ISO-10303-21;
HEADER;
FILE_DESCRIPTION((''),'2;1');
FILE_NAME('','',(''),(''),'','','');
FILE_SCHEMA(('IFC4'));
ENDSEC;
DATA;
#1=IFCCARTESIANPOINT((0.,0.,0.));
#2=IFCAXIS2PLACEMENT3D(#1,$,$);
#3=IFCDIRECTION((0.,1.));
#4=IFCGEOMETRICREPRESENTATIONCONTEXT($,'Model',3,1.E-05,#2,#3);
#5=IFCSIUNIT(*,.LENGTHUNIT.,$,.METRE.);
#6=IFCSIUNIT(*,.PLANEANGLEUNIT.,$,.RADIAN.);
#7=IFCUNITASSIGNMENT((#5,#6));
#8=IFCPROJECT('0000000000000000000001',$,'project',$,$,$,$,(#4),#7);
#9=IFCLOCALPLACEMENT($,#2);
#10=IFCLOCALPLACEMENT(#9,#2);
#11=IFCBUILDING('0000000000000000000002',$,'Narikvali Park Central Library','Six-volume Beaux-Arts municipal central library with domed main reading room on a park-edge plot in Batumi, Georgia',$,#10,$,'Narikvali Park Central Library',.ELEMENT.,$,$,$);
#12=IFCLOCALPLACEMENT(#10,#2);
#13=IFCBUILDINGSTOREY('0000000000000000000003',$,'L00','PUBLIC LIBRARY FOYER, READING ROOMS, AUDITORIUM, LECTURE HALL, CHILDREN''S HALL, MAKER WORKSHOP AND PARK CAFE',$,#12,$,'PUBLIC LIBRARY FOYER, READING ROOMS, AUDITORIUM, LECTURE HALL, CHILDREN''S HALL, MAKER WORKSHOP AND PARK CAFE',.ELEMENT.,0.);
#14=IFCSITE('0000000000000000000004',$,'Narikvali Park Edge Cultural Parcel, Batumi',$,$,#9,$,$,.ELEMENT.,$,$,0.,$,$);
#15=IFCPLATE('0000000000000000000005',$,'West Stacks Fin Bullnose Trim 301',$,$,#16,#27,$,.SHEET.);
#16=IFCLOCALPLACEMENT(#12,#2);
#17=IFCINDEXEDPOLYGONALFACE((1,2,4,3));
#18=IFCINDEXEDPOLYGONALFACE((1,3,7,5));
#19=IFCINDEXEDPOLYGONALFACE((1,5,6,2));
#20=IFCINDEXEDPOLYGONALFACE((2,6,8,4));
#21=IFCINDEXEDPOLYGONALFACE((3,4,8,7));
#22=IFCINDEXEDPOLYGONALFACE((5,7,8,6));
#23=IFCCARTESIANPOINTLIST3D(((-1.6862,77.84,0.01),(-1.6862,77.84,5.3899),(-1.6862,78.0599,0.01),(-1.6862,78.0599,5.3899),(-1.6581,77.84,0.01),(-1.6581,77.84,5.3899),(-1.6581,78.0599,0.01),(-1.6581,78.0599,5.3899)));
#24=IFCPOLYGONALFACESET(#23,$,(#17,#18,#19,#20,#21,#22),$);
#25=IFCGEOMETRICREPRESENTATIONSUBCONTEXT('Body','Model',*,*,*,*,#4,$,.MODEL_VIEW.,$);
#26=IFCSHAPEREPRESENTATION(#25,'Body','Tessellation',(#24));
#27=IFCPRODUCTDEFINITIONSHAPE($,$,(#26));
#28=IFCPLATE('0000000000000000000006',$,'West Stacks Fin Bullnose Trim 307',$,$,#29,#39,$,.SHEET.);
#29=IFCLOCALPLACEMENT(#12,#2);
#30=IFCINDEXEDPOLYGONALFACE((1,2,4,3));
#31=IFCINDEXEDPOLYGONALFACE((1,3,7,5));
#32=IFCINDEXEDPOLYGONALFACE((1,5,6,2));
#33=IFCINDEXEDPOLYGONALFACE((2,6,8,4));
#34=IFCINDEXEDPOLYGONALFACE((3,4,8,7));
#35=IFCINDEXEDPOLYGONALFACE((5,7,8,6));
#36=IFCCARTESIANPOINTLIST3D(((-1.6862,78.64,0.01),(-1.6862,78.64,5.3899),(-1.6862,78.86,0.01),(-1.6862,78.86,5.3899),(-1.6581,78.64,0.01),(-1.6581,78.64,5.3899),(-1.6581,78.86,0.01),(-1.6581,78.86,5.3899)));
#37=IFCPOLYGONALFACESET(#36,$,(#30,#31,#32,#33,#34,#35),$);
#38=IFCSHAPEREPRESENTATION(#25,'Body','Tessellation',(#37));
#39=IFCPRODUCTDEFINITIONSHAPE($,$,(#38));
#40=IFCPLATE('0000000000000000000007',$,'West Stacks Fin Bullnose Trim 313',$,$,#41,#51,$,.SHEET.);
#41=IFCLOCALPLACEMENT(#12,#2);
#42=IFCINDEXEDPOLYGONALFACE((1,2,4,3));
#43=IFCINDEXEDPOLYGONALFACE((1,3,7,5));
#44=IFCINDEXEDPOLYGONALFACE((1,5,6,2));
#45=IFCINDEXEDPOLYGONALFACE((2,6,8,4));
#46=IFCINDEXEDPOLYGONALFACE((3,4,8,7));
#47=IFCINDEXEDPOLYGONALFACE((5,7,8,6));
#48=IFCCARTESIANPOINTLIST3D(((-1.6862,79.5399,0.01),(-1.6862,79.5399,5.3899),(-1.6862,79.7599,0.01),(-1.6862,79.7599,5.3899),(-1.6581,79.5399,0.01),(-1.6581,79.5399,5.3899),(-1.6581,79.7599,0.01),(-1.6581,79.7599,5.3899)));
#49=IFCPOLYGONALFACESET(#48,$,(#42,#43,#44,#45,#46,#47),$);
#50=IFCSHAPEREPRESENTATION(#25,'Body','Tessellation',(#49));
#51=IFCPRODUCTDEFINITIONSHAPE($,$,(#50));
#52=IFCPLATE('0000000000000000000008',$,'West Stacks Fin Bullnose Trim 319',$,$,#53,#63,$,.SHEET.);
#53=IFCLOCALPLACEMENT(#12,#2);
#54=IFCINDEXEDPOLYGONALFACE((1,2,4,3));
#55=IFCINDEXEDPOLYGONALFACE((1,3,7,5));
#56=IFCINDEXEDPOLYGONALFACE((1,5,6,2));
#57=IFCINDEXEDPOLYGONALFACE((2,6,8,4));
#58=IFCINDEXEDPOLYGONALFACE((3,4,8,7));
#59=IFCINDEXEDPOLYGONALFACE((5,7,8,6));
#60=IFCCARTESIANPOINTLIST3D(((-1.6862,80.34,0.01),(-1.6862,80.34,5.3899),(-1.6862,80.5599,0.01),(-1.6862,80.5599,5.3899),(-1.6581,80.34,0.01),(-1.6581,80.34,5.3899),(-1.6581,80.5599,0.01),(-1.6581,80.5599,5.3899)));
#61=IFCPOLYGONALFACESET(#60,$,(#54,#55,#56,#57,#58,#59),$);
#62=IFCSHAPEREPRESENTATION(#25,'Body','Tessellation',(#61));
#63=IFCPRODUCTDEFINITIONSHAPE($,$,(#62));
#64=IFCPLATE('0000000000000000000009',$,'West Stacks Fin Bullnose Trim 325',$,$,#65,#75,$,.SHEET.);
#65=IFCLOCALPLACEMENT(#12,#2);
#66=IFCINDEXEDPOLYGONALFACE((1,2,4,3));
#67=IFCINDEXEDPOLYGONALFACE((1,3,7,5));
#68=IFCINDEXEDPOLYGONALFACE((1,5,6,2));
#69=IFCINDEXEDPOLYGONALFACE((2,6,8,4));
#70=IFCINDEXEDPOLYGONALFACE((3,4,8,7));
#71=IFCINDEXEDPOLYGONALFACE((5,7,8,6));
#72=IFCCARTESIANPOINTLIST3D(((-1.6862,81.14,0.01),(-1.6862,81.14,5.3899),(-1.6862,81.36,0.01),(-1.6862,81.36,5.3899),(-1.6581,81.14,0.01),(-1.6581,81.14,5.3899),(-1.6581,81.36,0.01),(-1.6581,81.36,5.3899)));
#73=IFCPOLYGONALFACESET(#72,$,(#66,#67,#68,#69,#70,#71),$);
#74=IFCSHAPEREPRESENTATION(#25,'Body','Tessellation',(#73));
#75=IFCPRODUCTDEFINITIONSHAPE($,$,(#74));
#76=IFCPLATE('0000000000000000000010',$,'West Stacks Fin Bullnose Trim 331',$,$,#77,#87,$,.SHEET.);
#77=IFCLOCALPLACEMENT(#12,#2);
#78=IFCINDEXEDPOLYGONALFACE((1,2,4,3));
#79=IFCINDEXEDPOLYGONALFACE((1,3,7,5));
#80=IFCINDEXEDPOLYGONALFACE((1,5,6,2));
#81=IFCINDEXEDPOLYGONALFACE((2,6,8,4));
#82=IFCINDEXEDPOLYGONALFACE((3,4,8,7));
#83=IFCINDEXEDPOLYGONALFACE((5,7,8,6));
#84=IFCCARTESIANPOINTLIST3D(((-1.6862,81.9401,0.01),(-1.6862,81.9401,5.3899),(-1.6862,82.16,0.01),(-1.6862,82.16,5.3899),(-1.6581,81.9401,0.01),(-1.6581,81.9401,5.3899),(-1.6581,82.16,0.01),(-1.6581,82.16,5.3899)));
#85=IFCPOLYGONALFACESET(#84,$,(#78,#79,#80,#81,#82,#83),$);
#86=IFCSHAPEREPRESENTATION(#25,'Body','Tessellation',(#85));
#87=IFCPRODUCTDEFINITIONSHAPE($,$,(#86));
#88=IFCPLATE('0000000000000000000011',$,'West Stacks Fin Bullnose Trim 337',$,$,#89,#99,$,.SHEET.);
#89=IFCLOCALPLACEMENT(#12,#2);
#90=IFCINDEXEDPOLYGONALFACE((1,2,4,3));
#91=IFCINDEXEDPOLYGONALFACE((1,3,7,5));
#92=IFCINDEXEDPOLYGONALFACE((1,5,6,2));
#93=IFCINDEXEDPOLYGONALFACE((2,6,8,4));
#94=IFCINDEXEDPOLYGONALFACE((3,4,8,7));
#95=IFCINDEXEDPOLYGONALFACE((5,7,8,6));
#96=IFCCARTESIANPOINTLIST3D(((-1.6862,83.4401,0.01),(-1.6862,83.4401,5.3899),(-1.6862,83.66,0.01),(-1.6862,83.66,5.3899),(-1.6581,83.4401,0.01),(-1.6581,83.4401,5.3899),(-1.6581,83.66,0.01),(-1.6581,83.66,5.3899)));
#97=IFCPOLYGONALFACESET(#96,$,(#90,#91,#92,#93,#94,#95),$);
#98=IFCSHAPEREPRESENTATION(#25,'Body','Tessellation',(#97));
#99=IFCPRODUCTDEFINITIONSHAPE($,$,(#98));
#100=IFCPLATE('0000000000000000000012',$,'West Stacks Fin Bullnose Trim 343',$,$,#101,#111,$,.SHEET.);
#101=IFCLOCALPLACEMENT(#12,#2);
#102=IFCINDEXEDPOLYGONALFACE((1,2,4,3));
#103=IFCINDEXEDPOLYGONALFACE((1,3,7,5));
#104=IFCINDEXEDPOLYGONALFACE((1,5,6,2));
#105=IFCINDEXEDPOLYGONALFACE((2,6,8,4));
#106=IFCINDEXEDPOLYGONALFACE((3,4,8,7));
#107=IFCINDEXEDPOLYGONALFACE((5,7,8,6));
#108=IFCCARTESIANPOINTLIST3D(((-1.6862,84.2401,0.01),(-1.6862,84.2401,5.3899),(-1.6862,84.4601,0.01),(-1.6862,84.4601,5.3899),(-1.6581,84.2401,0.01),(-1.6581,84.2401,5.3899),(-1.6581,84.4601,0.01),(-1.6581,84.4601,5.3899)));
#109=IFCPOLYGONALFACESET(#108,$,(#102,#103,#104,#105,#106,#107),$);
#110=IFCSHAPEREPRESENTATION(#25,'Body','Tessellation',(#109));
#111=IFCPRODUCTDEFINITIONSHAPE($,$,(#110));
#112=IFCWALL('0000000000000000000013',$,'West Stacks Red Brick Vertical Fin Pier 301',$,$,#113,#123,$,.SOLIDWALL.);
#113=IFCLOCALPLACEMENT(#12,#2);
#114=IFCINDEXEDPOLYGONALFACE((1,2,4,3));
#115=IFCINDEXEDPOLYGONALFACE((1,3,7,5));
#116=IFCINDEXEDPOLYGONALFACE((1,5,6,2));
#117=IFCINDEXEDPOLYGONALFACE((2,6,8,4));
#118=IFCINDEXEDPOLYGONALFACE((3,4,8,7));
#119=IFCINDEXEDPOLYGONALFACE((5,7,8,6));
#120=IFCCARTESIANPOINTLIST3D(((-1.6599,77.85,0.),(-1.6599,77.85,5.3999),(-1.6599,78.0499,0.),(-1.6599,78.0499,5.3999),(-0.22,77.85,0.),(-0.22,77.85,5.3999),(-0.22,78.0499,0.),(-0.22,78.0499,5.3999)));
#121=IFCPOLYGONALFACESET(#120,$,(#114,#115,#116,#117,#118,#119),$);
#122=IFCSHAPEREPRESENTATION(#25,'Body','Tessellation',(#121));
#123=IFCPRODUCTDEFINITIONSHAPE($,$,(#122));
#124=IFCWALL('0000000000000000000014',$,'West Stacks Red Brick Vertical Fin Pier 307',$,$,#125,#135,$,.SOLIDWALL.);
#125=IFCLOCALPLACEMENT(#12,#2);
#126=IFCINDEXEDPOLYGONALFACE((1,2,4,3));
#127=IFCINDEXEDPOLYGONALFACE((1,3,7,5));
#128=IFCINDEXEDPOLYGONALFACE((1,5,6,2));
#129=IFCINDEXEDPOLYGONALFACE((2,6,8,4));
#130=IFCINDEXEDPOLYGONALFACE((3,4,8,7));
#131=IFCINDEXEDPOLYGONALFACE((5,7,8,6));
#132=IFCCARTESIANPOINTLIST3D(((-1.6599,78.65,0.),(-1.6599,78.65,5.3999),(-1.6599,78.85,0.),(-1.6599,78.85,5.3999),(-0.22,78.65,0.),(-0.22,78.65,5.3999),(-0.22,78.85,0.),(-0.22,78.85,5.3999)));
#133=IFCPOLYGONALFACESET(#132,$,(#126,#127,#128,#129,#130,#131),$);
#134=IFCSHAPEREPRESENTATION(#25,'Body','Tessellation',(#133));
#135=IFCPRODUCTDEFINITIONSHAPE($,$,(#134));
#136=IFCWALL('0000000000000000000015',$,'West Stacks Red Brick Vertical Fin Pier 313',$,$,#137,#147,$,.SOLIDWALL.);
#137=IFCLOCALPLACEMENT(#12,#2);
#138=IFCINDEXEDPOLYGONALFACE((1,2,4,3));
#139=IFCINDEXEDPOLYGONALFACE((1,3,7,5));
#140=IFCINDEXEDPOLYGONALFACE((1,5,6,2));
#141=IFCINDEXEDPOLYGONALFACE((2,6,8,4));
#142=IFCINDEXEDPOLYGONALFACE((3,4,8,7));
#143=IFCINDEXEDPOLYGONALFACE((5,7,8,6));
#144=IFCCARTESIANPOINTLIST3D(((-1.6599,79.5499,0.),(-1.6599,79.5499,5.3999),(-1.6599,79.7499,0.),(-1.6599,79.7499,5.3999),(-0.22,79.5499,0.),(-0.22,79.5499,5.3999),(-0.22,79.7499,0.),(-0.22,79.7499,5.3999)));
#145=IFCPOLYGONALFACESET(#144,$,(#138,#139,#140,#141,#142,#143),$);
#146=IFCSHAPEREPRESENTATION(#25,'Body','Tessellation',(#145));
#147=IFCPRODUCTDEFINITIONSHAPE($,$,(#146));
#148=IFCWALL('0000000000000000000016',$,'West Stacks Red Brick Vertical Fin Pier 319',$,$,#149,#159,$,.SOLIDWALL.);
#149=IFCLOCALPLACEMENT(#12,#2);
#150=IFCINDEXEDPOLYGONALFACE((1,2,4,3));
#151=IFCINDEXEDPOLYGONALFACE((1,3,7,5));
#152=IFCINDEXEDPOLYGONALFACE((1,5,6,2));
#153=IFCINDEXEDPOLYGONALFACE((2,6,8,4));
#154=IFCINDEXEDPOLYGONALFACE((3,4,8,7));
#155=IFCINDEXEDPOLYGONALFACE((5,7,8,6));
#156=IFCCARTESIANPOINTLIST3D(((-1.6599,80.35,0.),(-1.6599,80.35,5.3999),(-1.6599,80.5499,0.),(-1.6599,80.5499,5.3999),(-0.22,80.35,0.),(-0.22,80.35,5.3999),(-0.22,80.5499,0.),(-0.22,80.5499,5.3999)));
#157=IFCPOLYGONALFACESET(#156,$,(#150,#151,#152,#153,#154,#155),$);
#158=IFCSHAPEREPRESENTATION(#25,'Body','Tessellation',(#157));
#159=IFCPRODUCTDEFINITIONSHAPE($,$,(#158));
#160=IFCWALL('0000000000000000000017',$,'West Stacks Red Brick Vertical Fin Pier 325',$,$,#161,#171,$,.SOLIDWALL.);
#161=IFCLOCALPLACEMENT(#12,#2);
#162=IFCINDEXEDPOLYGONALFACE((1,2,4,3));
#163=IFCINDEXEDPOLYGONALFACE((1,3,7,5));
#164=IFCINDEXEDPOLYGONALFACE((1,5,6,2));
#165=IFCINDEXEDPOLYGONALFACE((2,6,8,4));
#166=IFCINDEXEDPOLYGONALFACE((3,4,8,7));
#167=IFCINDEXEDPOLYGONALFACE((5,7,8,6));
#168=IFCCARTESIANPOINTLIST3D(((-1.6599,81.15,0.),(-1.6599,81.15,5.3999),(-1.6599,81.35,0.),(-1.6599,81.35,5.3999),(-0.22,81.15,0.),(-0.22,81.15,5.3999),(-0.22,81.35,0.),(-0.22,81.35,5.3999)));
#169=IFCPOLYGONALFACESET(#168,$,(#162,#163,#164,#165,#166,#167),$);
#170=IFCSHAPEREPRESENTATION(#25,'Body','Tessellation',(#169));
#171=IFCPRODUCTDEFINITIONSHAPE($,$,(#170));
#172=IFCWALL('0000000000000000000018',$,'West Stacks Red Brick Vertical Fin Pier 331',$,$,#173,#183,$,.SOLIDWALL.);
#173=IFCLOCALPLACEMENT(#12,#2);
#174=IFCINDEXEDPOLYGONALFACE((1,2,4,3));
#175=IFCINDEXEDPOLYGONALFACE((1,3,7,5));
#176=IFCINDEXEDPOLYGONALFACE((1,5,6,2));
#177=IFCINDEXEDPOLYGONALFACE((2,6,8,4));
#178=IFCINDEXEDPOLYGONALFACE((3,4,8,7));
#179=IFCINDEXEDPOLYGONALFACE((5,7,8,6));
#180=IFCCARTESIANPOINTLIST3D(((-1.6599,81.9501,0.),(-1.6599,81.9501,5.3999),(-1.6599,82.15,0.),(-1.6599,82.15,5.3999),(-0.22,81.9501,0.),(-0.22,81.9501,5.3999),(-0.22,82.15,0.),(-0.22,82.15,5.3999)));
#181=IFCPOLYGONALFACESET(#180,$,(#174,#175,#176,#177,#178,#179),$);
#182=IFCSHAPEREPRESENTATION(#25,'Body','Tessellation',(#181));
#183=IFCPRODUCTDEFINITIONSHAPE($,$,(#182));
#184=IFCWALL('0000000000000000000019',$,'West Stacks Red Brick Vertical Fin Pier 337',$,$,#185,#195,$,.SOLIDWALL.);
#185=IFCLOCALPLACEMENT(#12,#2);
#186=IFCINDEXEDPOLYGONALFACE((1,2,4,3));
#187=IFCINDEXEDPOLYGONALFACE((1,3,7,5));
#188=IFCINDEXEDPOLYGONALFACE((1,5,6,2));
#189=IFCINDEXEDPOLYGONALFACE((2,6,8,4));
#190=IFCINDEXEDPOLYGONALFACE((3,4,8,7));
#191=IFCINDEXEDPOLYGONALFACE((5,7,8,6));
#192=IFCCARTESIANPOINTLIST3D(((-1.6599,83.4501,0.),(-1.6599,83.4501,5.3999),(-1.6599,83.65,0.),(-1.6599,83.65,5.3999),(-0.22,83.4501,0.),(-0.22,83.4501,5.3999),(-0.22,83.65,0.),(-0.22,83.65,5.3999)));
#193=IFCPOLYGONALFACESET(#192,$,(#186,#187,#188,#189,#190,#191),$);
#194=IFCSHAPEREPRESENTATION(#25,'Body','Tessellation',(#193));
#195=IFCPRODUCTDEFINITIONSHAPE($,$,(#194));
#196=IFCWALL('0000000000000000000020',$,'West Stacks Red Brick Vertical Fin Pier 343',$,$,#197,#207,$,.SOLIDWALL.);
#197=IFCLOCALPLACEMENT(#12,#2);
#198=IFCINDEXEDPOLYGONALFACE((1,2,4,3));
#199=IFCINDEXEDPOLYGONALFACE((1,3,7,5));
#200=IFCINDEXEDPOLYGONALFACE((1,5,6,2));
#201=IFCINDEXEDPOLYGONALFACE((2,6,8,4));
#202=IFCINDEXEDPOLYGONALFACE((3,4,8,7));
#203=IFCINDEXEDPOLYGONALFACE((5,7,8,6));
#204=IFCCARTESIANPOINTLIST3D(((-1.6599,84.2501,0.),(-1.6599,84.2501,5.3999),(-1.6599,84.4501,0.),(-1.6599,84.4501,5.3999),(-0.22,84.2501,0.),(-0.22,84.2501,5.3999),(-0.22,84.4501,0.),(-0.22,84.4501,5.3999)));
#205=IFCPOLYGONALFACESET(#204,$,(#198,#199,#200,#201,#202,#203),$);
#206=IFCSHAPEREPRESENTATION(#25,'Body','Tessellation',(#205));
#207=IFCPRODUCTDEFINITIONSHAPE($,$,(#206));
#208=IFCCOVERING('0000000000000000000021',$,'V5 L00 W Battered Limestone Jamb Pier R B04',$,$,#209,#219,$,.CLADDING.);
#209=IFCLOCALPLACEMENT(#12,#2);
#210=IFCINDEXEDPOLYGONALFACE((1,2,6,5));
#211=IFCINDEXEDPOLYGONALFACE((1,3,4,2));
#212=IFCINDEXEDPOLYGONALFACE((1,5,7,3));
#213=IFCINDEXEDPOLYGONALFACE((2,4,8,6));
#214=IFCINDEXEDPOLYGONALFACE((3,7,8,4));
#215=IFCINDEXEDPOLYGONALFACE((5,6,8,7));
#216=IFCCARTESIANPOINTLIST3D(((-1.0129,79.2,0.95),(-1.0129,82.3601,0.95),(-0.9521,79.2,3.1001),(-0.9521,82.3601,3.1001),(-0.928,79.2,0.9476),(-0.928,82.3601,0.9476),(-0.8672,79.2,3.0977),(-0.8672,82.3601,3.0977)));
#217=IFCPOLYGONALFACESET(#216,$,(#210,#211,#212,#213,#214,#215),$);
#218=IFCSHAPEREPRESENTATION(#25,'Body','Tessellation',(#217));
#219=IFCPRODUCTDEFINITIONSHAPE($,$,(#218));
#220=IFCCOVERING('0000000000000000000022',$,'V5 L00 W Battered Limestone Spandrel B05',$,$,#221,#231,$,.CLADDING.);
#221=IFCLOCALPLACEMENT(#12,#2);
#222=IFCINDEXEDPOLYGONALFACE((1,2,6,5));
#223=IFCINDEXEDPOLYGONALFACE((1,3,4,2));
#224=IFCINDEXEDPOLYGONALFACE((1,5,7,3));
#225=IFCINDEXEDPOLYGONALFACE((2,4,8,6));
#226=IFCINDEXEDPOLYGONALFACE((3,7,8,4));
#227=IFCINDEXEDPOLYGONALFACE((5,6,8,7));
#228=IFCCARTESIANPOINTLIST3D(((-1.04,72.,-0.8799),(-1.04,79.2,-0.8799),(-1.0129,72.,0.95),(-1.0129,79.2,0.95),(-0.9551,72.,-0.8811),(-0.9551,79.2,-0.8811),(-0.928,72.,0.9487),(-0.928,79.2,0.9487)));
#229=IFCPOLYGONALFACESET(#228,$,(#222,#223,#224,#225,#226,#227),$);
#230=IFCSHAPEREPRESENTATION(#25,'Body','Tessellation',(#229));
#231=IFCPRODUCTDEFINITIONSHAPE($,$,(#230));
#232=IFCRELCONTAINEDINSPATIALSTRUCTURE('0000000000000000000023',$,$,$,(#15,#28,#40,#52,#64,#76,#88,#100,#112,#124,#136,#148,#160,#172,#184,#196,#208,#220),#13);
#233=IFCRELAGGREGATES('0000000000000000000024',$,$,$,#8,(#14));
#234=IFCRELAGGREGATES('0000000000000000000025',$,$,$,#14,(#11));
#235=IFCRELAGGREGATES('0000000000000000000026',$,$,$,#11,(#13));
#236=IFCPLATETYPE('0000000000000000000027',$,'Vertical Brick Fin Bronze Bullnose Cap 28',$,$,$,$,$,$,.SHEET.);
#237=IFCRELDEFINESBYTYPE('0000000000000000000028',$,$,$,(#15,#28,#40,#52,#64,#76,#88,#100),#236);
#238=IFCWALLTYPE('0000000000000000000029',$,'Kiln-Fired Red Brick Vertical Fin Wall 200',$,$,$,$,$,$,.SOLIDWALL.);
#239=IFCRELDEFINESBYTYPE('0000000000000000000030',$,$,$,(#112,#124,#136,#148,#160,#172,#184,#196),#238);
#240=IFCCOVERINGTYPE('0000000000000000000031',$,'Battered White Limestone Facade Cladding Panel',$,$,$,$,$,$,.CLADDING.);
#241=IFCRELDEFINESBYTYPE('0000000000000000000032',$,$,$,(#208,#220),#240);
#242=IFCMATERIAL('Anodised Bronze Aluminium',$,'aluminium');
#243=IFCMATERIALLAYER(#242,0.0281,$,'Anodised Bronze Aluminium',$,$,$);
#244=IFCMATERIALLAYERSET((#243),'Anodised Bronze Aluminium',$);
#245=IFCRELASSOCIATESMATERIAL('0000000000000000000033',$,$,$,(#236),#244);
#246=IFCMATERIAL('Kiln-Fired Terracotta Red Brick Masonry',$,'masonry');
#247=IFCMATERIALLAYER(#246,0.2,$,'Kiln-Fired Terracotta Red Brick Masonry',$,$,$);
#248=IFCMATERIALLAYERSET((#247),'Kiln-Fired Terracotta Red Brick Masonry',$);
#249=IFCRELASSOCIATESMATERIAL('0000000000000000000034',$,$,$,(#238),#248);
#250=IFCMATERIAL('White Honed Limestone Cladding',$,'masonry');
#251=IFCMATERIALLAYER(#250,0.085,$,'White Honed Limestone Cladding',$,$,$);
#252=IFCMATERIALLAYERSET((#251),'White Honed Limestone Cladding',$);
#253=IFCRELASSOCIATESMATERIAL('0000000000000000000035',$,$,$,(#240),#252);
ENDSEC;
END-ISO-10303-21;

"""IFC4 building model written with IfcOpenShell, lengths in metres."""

from ifc_helpers import new_model, si_unit, direction, frame, frame_2d, origin, origin_2d, place, context, subcontext, project, spatial, polyline, rectangle, outline, extrude, material, layer, layer_set, type_object, element, save


model = new_model("IFC4")

# Units and contexts
model_context = context("Model", 3, precision=1e-05, world=origin(), true_north=direction((0.0, 1.0)))
body_context = subcontext(model_context, "Body", "Model", "MODEL_VIEW")
ifc_project = project(units=[si_unit("LENGTHUNIT", "METRE"), si_unit("PLANEANGLEUNIT", "RADIAN")], contexts=[model_context])

# Site, building, storey
site_placement = place(None, origin())
site = spatial("IfcSite", under=ifc_project, at=site_placement, Name="Narikvali Park Edge Cultural Parcel, Batumi", CompositionType="ELEMENT", RefElevation=0.0)
building_placement = place(site_placement, origin())
building = spatial("IfcBuilding", under=site, at=building_placement, Name="Narikvali Park Central Library", Description="Six-volume Beaux-Arts municipal central library with domed main reading room on a park-edge plot in Batumi, Georgia", LongName="Narikvali Park Central Library", CompositionType="ELEMENT")
storey_placement = place(building_placement, origin())
storey = spatial("IfcBuildingStorey", under=building, at=storey_placement, Name="L00", Description="PUBLIC LIBRARY FOYER, READING ROOMS, AUDITORIUM, LECTURE HALL, CHILDREN'S HALL, MAKER WORKSHOP AND PARK CAFE", LongName="PUBLIC LIBRARY FOYER, READING ROOMS, AUDITORIUM, LECTURE HALL, CHILDREN'S HALL, MAKER WORKSHOP AND PARK CAFE", CompositionType="ELEMENT", Elevation=0.0)

# Plates
ifc_material_1 = material(Name="Anodised Bronze Aluminium", Category="aluminium")
ifc_layer_1 = layer(ifc_material_1, 0.0281, Name="Anodised Bronze Aluminium")
ifc_layer_set_1 = layer_set([ifc_layer_1], Name="Anodised Bronze Aluminium")
plate_type = type_object("IfcPlateType", Name="Vertical Brick Fin Bronze Bullnose Cap 28", PredefinedType="SHEET", material=ifc_layer_set_1)
for number, where, z_axis, x_axis, name in (
    (1, (-1.6721, 77.95, 0.01), (0.0, 0.0, 1.0), (1.0, 0.0, 0.0), "West Stacks Fin Bullnose Trim 301"),
    (2, (-1.6721, 78.75, 0.01), (0.0, 0.0, 1.0), (1.0, 0.0, 0.0), "West Stacks Fin Bullnose Trim 307"),
    (3, (-1.6721, 79.6499, 0.01), (0.0, 0.0, 1.0), (1.0, 0.0, 0.0), "West Stacks Fin Bullnose Trim 313"),
    (4, (-1.6721, 80.45, 0.01), (0.0, 0.0, 1.0), (1.0, 0.0, 0.0), "West Stacks Fin Bullnose Trim 319"),
    (5, (-1.6721, 81.25, 0.01), (0.0, 0.0, 1.0), (1.0, 0.0, 0.0), "West Stacks Fin Bullnose Trim 325"),
    (6, (-1.6721, 82.05, 0.01), (0.0, 0.0, 1.0), (1.0, 0.0, 0.0), "West Stacks Fin Bullnose Trim 331"),
    (7, (-1.6721, 83.55, 0.01), (0.0, 0.0, 1.0), (1.0, 0.0, 0.0), "West Stacks Fin Bullnose Trim 337"),
    (8, (-1.6721, 84.3501, 0.01), (0.0, 0.0, 1.0), (1.0, 0.0, 0.0), "West Stacks Fin Bullnose Trim 343"),
):
    element("IfcPlate", number, at=place(storey_placement, frame(where, z_axis=z_axis, x_axis=x_axis)), inside=storey, type_object=plate_type, Name=name, PredefinedType="SHEET", context=body_context, shape_type="SweptSolid", body=[
        extrude(rectangle(XDim=0.0281, YDim=0.22, at=origin_2d()), origin(), (0.0, 0.0, 1.0), 5.3799),
    ])

# Walls
ifc_material_2 = material(Name="Kiln-Fired Terracotta Red Brick Masonry", Category="masonry")
ifc_layer_2 = layer(ifc_material_2, 0.2, Name="Kiln-Fired Terracotta Red Brick Masonry")
ifc_layer_set_2 = layer_set([ifc_layer_2], Name="Kiln-Fired Terracotta Red Brick Masonry")
wall_type = type_object("IfcWallType", Name="Kiln-Fired Red Brick Vertical Fin Wall 200", PredefinedType="SOLIDWALL", material=ifc_layer_set_2)
for number, where, z_axis, x_axis, name in (
    (9, (-1.6599, 77.95, 0.0), (0.0, 0.0, 1.0), (1.0, 0.0, 0.0), "West Stacks Red Brick Vertical Fin Pier 301"),
    (10, (-1.6599, 78.75, 0.0), (0.0, 0.0, 1.0), (1.0, 0.0, 0.0), "West Stacks Red Brick Vertical Fin Pier 307"),
    (11, (-1.6599, 79.6499, 0.0), (0.0, 0.0, 1.0), (1.0, 0.0, 0.0), "West Stacks Red Brick Vertical Fin Pier 313"),
    (12, (-1.6599, 80.45, 0.0), (0.0, 0.0, 1.0), (1.0, 0.0, 0.0), "West Stacks Red Brick Vertical Fin Pier 319"),
    (13, (-1.6599, 81.25, 0.0), (0.0, 0.0, 1.0), (1.0, 0.0, 0.0), "West Stacks Red Brick Vertical Fin Pier 325"),
    (14, (-1.6599, 82.05, 0.0), (0.0, 0.0, 1.0), (1.0, 0.0, 0.0), "West Stacks Red Brick Vertical Fin Pier 331"),
    (15, (-1.6599, 83.55, 0.0), (0.0, 0.0, 1.0), (1.0, 0.0, 0.0), "West Stacks Red Brick Vertical Fin Pier 337"),
    (16, (-1.6599, 84.3501, 0.0), (0.0, 0.0, 1.0), (1.0, 0.0, 0.0), "West Stacks Red Brick Vertical Fin Pier 343"),
):
    element("IfcWall", number, at=place(storey_placement, frame(where, z_axis=z_axis, x_axis=x_axis)), inside=storey, type_object=wall_type, Name=name, PredefinedType="SOLIDWALL", context=body_context, shape_type="SweptSolid", body=[
        extrude(rectangle(XDim=1.4399, YDim=0.2, at=frame_2d((0.72, 0.0))), origin(), (0.0, 0.0, 1.0), 5.3999),
    ])

# Coverings
ifc_material_3 = material(Name="White Honed Limestone Cladding", Category="masonry")
ifc_layer_3 = layer(ifc_material_3, 0.085, Name="White Honed Limestone Cladding")
ifc_layer_set_3 = layer_set([ifc_layer_3], Name="White Honed Limestone Cladding")
covering_type = type_object("IfcCoveringType", Name="Battered White Limestone Facade Cladding Panel", PredefinedType="CLADDING", material=ifc_layer_set_3)
covering_1_placement = place(storey_placement, frame((-1.0129, 82.3601, 0.95), z_axis=(-0.999601, 0.0, 0.028262), x_axis=(0.0, -1.0, 0.0)))
element("IfcCovering", 17, at=covering_1_placement, inside=storey, type_object=covering_type, Name="V5 L00 W Battered Limestone Jamb Pier R B04", PredefinedType="CLADDING", context=body_context, shape_type="SweptSolid", body=[
    extrude(outline(polyline([(0.0, 0.0), (3.1602, 0.0), (3.1602, 2.151), (0.0, 2.151), (0.0, 0.0)])), origin(), (0.0, 0.0, -1.0), 0.085),
])
covering_2_placement = place(storey_placement, frame((-1.04, 79.2, -0.8799), z_axis=(-0.99989, 0.0, 0.014808), x_axis=(0.0, -1.0, 0.0)))
element("IfcCovering", 18, at=covering_2_placement, inside=storey, type_object=covering_type, Name="V5 L00 W Battered Limestone Spandrel B05", PredefinedType="CLADDING", context=body_context, shape_type="SweptSolid", body=[
    extrude(outline(polyline([(0.0, 0.0), (7.2, 0.0), (7.2, 1.83), (0.0, 1.83), (0.0, 0.0)])), origin(), (0.0, 0.0, -1.0), 0.085),
])

save(model, "model.ifc")
